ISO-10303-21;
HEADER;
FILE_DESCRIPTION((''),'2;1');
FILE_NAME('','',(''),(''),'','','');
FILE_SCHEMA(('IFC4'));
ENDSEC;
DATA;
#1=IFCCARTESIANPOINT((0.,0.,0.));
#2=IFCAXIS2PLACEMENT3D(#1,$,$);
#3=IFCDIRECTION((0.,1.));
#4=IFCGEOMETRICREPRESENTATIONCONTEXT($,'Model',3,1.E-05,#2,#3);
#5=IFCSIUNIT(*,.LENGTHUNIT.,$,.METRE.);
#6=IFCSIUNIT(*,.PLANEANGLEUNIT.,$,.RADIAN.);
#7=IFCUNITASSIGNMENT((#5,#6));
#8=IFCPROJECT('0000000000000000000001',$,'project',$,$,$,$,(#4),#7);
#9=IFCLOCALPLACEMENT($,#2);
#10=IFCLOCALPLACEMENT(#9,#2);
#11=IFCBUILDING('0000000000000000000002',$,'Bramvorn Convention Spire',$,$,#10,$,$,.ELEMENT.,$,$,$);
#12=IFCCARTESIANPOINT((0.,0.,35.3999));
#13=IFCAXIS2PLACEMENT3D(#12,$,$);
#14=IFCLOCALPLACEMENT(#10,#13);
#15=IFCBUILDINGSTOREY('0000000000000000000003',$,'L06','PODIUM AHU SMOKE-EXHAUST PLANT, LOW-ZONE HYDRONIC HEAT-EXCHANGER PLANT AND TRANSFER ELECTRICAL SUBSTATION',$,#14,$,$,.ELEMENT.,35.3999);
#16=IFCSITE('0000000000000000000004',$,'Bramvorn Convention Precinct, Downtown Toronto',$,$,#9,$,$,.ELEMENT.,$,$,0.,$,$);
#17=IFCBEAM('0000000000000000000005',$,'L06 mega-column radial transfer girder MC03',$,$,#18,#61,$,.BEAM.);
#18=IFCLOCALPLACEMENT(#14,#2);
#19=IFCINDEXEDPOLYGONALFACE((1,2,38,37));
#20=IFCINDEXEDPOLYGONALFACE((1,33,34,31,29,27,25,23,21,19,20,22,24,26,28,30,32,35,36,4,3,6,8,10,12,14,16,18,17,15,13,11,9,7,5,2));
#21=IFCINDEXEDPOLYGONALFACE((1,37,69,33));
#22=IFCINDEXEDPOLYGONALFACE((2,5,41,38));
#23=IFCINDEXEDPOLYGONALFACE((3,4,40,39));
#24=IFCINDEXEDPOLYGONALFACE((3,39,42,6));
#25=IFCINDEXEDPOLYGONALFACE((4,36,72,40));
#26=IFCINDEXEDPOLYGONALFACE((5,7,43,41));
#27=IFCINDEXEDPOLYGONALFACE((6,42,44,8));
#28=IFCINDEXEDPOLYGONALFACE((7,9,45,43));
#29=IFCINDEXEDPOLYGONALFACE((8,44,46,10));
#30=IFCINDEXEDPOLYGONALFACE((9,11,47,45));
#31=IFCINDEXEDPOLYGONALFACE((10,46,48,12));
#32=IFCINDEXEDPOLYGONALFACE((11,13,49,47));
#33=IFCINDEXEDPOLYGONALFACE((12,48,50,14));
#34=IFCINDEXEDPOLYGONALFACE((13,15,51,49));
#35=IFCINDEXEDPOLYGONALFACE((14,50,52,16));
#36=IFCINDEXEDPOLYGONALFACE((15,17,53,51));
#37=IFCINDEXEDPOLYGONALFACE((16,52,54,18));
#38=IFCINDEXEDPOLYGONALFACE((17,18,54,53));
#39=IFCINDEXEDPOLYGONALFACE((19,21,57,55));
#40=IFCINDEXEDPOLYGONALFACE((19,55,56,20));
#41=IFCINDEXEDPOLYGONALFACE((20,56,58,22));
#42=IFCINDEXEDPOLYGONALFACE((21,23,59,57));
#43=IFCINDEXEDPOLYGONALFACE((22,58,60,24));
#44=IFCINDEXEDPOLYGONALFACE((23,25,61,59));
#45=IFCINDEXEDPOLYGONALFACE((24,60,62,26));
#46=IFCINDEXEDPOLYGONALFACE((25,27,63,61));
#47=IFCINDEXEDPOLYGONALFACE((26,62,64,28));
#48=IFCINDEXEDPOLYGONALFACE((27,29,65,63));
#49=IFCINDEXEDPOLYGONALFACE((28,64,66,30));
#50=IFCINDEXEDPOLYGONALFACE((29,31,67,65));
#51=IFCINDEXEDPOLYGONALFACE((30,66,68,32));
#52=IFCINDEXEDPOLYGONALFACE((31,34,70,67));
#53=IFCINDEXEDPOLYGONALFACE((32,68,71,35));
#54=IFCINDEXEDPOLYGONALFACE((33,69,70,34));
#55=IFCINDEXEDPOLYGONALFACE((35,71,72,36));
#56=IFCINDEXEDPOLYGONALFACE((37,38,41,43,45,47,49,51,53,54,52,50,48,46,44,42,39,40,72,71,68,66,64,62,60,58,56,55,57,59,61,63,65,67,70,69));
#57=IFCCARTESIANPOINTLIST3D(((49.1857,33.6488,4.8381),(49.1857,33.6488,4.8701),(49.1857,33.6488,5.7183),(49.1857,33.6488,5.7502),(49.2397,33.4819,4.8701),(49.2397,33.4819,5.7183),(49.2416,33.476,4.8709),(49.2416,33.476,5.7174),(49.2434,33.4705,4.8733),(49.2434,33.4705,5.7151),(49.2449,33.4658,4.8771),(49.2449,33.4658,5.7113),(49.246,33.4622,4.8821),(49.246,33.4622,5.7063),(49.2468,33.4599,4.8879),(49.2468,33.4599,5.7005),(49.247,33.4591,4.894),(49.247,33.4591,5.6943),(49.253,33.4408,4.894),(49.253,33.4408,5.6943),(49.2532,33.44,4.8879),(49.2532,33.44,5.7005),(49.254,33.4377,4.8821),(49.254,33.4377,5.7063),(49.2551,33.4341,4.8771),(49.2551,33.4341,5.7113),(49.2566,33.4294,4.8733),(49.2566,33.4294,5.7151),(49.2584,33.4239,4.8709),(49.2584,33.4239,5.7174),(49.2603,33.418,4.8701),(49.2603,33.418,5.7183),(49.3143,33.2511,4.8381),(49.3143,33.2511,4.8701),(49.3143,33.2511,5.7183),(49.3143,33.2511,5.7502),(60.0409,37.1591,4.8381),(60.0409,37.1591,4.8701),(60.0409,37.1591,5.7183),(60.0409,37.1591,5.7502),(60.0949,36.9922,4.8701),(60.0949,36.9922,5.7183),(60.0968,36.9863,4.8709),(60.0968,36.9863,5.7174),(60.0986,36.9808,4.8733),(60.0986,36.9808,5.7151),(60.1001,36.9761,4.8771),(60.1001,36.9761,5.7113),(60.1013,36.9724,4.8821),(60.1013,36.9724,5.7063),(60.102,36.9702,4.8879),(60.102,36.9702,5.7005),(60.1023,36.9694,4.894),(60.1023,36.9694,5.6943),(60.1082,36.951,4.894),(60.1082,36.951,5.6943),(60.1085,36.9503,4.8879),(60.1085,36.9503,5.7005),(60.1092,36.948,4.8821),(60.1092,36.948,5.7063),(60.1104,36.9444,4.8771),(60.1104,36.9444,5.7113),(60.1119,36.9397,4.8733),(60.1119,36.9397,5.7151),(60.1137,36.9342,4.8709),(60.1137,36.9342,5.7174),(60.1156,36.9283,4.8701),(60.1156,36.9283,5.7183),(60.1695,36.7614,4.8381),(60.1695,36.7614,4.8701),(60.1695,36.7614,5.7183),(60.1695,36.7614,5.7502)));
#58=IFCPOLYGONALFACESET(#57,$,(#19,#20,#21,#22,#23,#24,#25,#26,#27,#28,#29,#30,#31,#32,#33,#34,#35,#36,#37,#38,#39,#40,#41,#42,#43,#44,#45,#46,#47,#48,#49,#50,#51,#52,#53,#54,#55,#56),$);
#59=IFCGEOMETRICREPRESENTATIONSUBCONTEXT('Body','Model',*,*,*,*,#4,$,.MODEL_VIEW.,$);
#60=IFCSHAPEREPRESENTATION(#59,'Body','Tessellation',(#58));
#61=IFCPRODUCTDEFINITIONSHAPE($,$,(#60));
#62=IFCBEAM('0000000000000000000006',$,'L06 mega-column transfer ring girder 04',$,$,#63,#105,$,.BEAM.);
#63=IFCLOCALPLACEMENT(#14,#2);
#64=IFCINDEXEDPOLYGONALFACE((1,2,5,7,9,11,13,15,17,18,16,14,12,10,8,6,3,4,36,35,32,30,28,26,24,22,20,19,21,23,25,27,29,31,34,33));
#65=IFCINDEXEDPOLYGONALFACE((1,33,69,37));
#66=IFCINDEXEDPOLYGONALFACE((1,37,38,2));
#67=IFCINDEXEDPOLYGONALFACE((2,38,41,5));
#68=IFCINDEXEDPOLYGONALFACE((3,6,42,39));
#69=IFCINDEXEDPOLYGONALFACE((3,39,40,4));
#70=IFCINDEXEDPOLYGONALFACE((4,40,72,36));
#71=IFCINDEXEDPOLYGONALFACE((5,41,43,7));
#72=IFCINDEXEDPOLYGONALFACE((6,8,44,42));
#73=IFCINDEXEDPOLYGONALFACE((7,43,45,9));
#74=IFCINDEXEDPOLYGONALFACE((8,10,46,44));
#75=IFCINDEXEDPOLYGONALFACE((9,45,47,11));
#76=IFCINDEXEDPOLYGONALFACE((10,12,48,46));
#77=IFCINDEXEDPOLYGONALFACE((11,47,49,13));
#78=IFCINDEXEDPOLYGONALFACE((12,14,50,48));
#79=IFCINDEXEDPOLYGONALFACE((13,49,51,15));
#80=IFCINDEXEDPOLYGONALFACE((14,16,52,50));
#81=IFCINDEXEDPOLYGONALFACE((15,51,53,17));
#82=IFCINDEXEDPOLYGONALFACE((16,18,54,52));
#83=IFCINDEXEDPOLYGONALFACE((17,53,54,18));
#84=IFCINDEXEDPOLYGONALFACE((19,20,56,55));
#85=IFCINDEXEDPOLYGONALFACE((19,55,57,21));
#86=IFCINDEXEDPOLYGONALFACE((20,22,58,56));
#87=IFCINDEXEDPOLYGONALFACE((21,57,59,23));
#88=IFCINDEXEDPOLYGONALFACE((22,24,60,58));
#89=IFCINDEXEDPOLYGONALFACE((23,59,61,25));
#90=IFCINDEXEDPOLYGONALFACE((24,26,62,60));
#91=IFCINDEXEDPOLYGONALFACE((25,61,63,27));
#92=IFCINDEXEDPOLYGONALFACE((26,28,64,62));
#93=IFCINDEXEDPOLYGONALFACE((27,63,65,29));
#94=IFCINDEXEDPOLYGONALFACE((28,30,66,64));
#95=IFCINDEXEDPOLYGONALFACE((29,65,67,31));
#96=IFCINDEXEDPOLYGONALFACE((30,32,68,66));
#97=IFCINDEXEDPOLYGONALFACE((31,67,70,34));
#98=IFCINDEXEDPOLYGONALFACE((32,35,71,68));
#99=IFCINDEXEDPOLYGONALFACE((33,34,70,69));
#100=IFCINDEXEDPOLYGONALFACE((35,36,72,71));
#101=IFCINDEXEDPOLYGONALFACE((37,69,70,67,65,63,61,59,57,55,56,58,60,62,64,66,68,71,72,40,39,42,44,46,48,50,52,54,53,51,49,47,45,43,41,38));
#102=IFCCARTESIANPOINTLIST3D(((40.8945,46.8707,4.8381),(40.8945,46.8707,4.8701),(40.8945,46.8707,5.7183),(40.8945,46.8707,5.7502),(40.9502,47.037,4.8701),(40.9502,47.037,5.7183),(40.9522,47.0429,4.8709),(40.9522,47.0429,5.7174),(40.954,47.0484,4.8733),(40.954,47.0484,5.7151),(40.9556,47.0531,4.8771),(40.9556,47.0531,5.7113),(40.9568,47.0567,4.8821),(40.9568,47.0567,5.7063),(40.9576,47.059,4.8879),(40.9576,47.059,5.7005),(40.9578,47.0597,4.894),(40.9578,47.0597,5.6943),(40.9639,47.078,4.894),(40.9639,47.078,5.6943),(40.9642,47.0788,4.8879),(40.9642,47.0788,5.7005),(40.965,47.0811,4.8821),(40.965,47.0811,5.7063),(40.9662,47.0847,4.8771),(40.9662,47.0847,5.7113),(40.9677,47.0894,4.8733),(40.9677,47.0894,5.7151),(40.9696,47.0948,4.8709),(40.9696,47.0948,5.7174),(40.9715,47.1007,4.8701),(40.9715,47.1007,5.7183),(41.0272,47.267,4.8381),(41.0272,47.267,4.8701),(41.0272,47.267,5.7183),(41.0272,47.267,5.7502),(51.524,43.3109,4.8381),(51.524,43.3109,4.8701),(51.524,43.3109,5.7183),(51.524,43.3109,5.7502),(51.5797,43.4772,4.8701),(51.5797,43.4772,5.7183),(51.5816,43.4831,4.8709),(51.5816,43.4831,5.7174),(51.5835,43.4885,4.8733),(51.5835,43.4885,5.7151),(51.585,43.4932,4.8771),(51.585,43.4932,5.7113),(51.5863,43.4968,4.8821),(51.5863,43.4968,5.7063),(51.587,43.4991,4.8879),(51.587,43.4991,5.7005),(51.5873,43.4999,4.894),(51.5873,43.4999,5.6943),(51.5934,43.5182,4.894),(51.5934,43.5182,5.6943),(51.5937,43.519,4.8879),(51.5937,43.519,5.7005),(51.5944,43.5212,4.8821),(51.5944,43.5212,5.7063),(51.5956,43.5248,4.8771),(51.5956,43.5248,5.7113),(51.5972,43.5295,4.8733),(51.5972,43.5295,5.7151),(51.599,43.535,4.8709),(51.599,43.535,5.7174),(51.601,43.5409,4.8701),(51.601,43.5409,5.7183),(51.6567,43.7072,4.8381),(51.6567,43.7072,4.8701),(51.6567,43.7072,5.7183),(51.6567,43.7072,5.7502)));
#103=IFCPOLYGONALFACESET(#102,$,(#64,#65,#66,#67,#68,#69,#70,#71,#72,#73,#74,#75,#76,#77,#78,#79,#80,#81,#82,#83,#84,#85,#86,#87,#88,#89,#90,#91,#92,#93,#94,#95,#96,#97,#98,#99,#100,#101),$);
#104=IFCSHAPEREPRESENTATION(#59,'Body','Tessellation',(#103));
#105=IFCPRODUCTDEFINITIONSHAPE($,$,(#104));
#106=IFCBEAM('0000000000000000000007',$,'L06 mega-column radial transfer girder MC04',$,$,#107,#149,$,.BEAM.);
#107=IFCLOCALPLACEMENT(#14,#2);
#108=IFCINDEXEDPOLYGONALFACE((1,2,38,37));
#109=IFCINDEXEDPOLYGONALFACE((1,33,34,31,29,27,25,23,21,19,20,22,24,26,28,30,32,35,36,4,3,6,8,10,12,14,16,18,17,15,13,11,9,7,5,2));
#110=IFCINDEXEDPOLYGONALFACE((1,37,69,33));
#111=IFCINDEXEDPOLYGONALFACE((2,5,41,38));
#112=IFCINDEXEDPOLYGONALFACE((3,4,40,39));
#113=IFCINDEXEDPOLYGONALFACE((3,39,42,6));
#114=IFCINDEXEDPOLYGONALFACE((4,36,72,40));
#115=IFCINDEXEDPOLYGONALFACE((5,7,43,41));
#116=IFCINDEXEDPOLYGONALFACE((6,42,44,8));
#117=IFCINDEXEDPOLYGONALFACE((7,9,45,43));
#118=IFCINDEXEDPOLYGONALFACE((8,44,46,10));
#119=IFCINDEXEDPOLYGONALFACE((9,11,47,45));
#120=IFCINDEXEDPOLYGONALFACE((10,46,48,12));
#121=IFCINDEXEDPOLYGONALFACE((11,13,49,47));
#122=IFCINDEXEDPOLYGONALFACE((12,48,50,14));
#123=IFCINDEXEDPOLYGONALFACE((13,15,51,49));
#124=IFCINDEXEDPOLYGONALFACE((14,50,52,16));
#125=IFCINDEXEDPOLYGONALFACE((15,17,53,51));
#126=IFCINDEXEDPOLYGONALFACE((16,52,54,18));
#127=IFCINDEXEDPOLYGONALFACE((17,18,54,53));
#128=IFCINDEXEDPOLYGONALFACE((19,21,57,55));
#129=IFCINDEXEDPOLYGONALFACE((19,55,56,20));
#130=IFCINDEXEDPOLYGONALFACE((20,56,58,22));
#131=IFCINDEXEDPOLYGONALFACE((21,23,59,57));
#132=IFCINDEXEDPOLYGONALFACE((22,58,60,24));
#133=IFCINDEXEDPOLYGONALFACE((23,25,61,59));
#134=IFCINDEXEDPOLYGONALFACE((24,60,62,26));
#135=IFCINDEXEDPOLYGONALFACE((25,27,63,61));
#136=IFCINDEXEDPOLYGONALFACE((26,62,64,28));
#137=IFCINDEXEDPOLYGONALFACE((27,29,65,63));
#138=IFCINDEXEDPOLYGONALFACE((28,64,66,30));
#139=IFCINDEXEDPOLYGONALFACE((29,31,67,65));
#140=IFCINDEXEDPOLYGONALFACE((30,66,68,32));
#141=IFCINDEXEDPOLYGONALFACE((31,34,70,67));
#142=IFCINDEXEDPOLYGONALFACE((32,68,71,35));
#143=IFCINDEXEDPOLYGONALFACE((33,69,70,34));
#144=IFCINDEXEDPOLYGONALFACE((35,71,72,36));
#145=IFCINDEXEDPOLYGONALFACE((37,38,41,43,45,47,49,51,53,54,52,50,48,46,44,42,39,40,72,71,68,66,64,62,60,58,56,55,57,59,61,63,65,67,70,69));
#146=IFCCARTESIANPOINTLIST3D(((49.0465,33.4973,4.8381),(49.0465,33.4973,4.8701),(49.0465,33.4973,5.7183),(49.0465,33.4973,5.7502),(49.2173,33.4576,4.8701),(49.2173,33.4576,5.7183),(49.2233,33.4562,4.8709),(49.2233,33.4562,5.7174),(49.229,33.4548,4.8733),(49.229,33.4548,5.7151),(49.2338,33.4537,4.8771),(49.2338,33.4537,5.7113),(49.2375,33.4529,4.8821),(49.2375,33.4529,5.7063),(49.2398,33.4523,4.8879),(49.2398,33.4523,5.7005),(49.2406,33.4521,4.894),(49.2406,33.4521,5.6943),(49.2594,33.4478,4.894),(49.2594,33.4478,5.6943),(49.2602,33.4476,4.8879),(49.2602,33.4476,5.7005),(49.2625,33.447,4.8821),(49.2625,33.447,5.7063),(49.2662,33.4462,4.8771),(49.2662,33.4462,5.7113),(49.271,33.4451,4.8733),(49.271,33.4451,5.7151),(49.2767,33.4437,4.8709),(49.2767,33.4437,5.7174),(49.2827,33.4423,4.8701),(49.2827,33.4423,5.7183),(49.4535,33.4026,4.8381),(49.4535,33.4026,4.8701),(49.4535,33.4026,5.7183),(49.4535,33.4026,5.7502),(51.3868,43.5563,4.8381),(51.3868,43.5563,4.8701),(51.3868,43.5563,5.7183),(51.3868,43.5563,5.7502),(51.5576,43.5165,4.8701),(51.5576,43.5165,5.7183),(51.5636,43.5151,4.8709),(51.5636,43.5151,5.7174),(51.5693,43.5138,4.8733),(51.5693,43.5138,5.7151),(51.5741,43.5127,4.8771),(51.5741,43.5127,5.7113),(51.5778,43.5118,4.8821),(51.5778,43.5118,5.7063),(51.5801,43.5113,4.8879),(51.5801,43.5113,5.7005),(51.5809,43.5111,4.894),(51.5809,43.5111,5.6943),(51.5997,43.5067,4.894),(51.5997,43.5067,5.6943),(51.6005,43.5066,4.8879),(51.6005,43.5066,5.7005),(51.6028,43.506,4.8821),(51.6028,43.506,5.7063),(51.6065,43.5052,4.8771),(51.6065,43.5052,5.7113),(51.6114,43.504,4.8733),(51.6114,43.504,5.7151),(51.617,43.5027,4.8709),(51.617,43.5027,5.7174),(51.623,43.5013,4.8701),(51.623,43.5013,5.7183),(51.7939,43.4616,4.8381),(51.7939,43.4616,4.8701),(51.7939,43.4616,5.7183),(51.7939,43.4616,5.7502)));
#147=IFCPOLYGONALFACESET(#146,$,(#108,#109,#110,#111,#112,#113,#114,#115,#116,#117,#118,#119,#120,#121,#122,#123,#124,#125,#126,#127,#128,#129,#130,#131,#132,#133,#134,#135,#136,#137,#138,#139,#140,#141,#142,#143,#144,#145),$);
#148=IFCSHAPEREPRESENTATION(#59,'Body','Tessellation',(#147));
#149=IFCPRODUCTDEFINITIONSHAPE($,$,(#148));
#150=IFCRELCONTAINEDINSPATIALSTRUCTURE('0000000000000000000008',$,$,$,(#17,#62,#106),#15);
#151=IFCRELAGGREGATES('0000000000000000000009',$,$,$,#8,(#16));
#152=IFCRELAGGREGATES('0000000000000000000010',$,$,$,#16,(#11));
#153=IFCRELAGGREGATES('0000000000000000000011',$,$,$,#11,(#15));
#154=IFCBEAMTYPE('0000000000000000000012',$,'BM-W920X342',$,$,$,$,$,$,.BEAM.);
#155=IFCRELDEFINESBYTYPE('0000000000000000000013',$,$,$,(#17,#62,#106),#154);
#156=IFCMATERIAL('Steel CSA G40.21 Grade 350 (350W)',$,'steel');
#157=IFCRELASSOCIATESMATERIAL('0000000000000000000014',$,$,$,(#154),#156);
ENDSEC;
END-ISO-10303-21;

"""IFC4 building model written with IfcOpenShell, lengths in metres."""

from ifc_helpers import new_model, si_unit, direction, frame, origin, origin_2d, place, context, subcontext, project, spatial, i_section, extrude, material, material_profile, profile_set, type_object, element, save


model = new_model("IFC4")

# Units and contexts
model_context = context("Model", 3, precision=1e-05, world=origin(), true_north=direction((0.0, 1.0)))
body_context = subcontext(model_context, "Body", "Model", "MODEL_VIEW")
ifc_project = project(units=[si_unit("LENGTHUNIT", "METRE"), si_unit("PLANEANGLEUNIT", "RADIAN")], contexts=[model_context])

# Site, building, storey
site_placement = place(None, origin())
site = spatial("IfcSite", under=ifc_project, at=site_placement, Name="Bramvorn Convention Precinct, Downtown Toronto", CompositionType="ELEMENT", RefElevation=0.0)
building_placement = place(site_placement, origin())
building = spatial("IfcBuilding", under=site, at=building_placement, Name="Bramvorn Convention Spire", CompositionType="ELEMENT")
storey_placement = place(building_placement, frame((0.0, 0.0, 35.3999)))
storey = spatial("IfcBuildingStorey", under=building, at=storey_placement, Name="L06", Description="PODIUM AHU SMOKE-EXHAUST PLANT, LOW-ZONE HYDRONIC HEAT-EXCHANGER PLANT AND TRANSFER ELECTRICAL SUBSTATION", CompositionType="ELEMENT", Elevation=35.3999)

# Shared definitions
ifc_material_1 = material(Name="Steel CSA G40.21 Grade 350 (350W)", Category="steel")

# Beams
ifc_material_profile_1 = material_profile(ifc_material_1, i_section(OverallWidth=0.418, OverallDepth=0.9121, WebThickness=0.0193, FlangeThickness=0.032, FilletRadius=0.0239, at=origin_2d()))
ifc_profile_set_1 = profile_set([ifc_material_profile_1], Name="Steel CSA G40.21 Grade 350 (350W) - W920X342")
beam_type = type_object("IfcBeamType", Name="BM-W920X342", PredefinedType="BEAM", material=ifc_profile_set_1)
beam_1_placement = place(storey_placement, frame((49.25, 33.45, 5.2942), z_axis=(0.951489, 0.307683, 0.0), x_axis=(-0.307683, 0.951489, 0.0)))
element("IfcBeam", 1, at=beam_1_placement, inside=storey, type_object=beam_type, Name="L06 mega-column radial transfer girder MC03", PredefinedType="BEAM", context=body_context, shape_type="SweptSolid", body=[
    extrude(i_section(OverallWidth=0.418, OverallDepth=0.9121, WebThickness=0.0193, FlangeThickness=0.032, FilletRadius=0.0239, at=origin_2d()), origin(), (0.0, 0.0, 1.0), 11.4087),
])
beam_2_placement = place(storey_placement, frame((51.5903, 43.509, 5.2942), z_axis=(-0.948236, 0.317567, 0.0), x_axis=(-0.317567, -0.948236, 0.0)))
element("IfcBeam", 2, at=beam_2_placement, inside=storey, type_object=beam_type, Name="L06 mega-column transfer ring girder 04", PredefinedType="BEAM", context=body_context, shape_type="SweptSolid", body=[
    extrude(i_section(OverallWidth=0.418, OverallDepth=0.9121, WebThickness=0.0193, FlangeThickness=0.032, FilletRadius=0.0239, at=origin_2d()), origin(), (0.0, 0.0, 1.0), 11.2097),
])
beam_3_placement = place(storey_placement, frame((49.25, 33.45, 5.2942), z_axis=(0.226606, 0.973986, 0.0), x_axis=(-0.973986, 0.226606, 0.0)))
element("IfcBeam", 3, at=beam_3_placement, inside=storey, type_object=beam_type, Name="L06 mega-column radial transfer girder MC04", PredefinedType="BEAM", context=body_context, shape_type="SweptSolid", body=[
    extrude(i_section(OverallWidth=0.418, OverallDepth=0.9121, WebThickness=0.0193, FlangeThickness=0.032, FilletRadius=0.0239, at=origin_2d()), origin(), (0.0, 0.0, 1.0), 10.3276),
])

save(model, "model.ifc")
